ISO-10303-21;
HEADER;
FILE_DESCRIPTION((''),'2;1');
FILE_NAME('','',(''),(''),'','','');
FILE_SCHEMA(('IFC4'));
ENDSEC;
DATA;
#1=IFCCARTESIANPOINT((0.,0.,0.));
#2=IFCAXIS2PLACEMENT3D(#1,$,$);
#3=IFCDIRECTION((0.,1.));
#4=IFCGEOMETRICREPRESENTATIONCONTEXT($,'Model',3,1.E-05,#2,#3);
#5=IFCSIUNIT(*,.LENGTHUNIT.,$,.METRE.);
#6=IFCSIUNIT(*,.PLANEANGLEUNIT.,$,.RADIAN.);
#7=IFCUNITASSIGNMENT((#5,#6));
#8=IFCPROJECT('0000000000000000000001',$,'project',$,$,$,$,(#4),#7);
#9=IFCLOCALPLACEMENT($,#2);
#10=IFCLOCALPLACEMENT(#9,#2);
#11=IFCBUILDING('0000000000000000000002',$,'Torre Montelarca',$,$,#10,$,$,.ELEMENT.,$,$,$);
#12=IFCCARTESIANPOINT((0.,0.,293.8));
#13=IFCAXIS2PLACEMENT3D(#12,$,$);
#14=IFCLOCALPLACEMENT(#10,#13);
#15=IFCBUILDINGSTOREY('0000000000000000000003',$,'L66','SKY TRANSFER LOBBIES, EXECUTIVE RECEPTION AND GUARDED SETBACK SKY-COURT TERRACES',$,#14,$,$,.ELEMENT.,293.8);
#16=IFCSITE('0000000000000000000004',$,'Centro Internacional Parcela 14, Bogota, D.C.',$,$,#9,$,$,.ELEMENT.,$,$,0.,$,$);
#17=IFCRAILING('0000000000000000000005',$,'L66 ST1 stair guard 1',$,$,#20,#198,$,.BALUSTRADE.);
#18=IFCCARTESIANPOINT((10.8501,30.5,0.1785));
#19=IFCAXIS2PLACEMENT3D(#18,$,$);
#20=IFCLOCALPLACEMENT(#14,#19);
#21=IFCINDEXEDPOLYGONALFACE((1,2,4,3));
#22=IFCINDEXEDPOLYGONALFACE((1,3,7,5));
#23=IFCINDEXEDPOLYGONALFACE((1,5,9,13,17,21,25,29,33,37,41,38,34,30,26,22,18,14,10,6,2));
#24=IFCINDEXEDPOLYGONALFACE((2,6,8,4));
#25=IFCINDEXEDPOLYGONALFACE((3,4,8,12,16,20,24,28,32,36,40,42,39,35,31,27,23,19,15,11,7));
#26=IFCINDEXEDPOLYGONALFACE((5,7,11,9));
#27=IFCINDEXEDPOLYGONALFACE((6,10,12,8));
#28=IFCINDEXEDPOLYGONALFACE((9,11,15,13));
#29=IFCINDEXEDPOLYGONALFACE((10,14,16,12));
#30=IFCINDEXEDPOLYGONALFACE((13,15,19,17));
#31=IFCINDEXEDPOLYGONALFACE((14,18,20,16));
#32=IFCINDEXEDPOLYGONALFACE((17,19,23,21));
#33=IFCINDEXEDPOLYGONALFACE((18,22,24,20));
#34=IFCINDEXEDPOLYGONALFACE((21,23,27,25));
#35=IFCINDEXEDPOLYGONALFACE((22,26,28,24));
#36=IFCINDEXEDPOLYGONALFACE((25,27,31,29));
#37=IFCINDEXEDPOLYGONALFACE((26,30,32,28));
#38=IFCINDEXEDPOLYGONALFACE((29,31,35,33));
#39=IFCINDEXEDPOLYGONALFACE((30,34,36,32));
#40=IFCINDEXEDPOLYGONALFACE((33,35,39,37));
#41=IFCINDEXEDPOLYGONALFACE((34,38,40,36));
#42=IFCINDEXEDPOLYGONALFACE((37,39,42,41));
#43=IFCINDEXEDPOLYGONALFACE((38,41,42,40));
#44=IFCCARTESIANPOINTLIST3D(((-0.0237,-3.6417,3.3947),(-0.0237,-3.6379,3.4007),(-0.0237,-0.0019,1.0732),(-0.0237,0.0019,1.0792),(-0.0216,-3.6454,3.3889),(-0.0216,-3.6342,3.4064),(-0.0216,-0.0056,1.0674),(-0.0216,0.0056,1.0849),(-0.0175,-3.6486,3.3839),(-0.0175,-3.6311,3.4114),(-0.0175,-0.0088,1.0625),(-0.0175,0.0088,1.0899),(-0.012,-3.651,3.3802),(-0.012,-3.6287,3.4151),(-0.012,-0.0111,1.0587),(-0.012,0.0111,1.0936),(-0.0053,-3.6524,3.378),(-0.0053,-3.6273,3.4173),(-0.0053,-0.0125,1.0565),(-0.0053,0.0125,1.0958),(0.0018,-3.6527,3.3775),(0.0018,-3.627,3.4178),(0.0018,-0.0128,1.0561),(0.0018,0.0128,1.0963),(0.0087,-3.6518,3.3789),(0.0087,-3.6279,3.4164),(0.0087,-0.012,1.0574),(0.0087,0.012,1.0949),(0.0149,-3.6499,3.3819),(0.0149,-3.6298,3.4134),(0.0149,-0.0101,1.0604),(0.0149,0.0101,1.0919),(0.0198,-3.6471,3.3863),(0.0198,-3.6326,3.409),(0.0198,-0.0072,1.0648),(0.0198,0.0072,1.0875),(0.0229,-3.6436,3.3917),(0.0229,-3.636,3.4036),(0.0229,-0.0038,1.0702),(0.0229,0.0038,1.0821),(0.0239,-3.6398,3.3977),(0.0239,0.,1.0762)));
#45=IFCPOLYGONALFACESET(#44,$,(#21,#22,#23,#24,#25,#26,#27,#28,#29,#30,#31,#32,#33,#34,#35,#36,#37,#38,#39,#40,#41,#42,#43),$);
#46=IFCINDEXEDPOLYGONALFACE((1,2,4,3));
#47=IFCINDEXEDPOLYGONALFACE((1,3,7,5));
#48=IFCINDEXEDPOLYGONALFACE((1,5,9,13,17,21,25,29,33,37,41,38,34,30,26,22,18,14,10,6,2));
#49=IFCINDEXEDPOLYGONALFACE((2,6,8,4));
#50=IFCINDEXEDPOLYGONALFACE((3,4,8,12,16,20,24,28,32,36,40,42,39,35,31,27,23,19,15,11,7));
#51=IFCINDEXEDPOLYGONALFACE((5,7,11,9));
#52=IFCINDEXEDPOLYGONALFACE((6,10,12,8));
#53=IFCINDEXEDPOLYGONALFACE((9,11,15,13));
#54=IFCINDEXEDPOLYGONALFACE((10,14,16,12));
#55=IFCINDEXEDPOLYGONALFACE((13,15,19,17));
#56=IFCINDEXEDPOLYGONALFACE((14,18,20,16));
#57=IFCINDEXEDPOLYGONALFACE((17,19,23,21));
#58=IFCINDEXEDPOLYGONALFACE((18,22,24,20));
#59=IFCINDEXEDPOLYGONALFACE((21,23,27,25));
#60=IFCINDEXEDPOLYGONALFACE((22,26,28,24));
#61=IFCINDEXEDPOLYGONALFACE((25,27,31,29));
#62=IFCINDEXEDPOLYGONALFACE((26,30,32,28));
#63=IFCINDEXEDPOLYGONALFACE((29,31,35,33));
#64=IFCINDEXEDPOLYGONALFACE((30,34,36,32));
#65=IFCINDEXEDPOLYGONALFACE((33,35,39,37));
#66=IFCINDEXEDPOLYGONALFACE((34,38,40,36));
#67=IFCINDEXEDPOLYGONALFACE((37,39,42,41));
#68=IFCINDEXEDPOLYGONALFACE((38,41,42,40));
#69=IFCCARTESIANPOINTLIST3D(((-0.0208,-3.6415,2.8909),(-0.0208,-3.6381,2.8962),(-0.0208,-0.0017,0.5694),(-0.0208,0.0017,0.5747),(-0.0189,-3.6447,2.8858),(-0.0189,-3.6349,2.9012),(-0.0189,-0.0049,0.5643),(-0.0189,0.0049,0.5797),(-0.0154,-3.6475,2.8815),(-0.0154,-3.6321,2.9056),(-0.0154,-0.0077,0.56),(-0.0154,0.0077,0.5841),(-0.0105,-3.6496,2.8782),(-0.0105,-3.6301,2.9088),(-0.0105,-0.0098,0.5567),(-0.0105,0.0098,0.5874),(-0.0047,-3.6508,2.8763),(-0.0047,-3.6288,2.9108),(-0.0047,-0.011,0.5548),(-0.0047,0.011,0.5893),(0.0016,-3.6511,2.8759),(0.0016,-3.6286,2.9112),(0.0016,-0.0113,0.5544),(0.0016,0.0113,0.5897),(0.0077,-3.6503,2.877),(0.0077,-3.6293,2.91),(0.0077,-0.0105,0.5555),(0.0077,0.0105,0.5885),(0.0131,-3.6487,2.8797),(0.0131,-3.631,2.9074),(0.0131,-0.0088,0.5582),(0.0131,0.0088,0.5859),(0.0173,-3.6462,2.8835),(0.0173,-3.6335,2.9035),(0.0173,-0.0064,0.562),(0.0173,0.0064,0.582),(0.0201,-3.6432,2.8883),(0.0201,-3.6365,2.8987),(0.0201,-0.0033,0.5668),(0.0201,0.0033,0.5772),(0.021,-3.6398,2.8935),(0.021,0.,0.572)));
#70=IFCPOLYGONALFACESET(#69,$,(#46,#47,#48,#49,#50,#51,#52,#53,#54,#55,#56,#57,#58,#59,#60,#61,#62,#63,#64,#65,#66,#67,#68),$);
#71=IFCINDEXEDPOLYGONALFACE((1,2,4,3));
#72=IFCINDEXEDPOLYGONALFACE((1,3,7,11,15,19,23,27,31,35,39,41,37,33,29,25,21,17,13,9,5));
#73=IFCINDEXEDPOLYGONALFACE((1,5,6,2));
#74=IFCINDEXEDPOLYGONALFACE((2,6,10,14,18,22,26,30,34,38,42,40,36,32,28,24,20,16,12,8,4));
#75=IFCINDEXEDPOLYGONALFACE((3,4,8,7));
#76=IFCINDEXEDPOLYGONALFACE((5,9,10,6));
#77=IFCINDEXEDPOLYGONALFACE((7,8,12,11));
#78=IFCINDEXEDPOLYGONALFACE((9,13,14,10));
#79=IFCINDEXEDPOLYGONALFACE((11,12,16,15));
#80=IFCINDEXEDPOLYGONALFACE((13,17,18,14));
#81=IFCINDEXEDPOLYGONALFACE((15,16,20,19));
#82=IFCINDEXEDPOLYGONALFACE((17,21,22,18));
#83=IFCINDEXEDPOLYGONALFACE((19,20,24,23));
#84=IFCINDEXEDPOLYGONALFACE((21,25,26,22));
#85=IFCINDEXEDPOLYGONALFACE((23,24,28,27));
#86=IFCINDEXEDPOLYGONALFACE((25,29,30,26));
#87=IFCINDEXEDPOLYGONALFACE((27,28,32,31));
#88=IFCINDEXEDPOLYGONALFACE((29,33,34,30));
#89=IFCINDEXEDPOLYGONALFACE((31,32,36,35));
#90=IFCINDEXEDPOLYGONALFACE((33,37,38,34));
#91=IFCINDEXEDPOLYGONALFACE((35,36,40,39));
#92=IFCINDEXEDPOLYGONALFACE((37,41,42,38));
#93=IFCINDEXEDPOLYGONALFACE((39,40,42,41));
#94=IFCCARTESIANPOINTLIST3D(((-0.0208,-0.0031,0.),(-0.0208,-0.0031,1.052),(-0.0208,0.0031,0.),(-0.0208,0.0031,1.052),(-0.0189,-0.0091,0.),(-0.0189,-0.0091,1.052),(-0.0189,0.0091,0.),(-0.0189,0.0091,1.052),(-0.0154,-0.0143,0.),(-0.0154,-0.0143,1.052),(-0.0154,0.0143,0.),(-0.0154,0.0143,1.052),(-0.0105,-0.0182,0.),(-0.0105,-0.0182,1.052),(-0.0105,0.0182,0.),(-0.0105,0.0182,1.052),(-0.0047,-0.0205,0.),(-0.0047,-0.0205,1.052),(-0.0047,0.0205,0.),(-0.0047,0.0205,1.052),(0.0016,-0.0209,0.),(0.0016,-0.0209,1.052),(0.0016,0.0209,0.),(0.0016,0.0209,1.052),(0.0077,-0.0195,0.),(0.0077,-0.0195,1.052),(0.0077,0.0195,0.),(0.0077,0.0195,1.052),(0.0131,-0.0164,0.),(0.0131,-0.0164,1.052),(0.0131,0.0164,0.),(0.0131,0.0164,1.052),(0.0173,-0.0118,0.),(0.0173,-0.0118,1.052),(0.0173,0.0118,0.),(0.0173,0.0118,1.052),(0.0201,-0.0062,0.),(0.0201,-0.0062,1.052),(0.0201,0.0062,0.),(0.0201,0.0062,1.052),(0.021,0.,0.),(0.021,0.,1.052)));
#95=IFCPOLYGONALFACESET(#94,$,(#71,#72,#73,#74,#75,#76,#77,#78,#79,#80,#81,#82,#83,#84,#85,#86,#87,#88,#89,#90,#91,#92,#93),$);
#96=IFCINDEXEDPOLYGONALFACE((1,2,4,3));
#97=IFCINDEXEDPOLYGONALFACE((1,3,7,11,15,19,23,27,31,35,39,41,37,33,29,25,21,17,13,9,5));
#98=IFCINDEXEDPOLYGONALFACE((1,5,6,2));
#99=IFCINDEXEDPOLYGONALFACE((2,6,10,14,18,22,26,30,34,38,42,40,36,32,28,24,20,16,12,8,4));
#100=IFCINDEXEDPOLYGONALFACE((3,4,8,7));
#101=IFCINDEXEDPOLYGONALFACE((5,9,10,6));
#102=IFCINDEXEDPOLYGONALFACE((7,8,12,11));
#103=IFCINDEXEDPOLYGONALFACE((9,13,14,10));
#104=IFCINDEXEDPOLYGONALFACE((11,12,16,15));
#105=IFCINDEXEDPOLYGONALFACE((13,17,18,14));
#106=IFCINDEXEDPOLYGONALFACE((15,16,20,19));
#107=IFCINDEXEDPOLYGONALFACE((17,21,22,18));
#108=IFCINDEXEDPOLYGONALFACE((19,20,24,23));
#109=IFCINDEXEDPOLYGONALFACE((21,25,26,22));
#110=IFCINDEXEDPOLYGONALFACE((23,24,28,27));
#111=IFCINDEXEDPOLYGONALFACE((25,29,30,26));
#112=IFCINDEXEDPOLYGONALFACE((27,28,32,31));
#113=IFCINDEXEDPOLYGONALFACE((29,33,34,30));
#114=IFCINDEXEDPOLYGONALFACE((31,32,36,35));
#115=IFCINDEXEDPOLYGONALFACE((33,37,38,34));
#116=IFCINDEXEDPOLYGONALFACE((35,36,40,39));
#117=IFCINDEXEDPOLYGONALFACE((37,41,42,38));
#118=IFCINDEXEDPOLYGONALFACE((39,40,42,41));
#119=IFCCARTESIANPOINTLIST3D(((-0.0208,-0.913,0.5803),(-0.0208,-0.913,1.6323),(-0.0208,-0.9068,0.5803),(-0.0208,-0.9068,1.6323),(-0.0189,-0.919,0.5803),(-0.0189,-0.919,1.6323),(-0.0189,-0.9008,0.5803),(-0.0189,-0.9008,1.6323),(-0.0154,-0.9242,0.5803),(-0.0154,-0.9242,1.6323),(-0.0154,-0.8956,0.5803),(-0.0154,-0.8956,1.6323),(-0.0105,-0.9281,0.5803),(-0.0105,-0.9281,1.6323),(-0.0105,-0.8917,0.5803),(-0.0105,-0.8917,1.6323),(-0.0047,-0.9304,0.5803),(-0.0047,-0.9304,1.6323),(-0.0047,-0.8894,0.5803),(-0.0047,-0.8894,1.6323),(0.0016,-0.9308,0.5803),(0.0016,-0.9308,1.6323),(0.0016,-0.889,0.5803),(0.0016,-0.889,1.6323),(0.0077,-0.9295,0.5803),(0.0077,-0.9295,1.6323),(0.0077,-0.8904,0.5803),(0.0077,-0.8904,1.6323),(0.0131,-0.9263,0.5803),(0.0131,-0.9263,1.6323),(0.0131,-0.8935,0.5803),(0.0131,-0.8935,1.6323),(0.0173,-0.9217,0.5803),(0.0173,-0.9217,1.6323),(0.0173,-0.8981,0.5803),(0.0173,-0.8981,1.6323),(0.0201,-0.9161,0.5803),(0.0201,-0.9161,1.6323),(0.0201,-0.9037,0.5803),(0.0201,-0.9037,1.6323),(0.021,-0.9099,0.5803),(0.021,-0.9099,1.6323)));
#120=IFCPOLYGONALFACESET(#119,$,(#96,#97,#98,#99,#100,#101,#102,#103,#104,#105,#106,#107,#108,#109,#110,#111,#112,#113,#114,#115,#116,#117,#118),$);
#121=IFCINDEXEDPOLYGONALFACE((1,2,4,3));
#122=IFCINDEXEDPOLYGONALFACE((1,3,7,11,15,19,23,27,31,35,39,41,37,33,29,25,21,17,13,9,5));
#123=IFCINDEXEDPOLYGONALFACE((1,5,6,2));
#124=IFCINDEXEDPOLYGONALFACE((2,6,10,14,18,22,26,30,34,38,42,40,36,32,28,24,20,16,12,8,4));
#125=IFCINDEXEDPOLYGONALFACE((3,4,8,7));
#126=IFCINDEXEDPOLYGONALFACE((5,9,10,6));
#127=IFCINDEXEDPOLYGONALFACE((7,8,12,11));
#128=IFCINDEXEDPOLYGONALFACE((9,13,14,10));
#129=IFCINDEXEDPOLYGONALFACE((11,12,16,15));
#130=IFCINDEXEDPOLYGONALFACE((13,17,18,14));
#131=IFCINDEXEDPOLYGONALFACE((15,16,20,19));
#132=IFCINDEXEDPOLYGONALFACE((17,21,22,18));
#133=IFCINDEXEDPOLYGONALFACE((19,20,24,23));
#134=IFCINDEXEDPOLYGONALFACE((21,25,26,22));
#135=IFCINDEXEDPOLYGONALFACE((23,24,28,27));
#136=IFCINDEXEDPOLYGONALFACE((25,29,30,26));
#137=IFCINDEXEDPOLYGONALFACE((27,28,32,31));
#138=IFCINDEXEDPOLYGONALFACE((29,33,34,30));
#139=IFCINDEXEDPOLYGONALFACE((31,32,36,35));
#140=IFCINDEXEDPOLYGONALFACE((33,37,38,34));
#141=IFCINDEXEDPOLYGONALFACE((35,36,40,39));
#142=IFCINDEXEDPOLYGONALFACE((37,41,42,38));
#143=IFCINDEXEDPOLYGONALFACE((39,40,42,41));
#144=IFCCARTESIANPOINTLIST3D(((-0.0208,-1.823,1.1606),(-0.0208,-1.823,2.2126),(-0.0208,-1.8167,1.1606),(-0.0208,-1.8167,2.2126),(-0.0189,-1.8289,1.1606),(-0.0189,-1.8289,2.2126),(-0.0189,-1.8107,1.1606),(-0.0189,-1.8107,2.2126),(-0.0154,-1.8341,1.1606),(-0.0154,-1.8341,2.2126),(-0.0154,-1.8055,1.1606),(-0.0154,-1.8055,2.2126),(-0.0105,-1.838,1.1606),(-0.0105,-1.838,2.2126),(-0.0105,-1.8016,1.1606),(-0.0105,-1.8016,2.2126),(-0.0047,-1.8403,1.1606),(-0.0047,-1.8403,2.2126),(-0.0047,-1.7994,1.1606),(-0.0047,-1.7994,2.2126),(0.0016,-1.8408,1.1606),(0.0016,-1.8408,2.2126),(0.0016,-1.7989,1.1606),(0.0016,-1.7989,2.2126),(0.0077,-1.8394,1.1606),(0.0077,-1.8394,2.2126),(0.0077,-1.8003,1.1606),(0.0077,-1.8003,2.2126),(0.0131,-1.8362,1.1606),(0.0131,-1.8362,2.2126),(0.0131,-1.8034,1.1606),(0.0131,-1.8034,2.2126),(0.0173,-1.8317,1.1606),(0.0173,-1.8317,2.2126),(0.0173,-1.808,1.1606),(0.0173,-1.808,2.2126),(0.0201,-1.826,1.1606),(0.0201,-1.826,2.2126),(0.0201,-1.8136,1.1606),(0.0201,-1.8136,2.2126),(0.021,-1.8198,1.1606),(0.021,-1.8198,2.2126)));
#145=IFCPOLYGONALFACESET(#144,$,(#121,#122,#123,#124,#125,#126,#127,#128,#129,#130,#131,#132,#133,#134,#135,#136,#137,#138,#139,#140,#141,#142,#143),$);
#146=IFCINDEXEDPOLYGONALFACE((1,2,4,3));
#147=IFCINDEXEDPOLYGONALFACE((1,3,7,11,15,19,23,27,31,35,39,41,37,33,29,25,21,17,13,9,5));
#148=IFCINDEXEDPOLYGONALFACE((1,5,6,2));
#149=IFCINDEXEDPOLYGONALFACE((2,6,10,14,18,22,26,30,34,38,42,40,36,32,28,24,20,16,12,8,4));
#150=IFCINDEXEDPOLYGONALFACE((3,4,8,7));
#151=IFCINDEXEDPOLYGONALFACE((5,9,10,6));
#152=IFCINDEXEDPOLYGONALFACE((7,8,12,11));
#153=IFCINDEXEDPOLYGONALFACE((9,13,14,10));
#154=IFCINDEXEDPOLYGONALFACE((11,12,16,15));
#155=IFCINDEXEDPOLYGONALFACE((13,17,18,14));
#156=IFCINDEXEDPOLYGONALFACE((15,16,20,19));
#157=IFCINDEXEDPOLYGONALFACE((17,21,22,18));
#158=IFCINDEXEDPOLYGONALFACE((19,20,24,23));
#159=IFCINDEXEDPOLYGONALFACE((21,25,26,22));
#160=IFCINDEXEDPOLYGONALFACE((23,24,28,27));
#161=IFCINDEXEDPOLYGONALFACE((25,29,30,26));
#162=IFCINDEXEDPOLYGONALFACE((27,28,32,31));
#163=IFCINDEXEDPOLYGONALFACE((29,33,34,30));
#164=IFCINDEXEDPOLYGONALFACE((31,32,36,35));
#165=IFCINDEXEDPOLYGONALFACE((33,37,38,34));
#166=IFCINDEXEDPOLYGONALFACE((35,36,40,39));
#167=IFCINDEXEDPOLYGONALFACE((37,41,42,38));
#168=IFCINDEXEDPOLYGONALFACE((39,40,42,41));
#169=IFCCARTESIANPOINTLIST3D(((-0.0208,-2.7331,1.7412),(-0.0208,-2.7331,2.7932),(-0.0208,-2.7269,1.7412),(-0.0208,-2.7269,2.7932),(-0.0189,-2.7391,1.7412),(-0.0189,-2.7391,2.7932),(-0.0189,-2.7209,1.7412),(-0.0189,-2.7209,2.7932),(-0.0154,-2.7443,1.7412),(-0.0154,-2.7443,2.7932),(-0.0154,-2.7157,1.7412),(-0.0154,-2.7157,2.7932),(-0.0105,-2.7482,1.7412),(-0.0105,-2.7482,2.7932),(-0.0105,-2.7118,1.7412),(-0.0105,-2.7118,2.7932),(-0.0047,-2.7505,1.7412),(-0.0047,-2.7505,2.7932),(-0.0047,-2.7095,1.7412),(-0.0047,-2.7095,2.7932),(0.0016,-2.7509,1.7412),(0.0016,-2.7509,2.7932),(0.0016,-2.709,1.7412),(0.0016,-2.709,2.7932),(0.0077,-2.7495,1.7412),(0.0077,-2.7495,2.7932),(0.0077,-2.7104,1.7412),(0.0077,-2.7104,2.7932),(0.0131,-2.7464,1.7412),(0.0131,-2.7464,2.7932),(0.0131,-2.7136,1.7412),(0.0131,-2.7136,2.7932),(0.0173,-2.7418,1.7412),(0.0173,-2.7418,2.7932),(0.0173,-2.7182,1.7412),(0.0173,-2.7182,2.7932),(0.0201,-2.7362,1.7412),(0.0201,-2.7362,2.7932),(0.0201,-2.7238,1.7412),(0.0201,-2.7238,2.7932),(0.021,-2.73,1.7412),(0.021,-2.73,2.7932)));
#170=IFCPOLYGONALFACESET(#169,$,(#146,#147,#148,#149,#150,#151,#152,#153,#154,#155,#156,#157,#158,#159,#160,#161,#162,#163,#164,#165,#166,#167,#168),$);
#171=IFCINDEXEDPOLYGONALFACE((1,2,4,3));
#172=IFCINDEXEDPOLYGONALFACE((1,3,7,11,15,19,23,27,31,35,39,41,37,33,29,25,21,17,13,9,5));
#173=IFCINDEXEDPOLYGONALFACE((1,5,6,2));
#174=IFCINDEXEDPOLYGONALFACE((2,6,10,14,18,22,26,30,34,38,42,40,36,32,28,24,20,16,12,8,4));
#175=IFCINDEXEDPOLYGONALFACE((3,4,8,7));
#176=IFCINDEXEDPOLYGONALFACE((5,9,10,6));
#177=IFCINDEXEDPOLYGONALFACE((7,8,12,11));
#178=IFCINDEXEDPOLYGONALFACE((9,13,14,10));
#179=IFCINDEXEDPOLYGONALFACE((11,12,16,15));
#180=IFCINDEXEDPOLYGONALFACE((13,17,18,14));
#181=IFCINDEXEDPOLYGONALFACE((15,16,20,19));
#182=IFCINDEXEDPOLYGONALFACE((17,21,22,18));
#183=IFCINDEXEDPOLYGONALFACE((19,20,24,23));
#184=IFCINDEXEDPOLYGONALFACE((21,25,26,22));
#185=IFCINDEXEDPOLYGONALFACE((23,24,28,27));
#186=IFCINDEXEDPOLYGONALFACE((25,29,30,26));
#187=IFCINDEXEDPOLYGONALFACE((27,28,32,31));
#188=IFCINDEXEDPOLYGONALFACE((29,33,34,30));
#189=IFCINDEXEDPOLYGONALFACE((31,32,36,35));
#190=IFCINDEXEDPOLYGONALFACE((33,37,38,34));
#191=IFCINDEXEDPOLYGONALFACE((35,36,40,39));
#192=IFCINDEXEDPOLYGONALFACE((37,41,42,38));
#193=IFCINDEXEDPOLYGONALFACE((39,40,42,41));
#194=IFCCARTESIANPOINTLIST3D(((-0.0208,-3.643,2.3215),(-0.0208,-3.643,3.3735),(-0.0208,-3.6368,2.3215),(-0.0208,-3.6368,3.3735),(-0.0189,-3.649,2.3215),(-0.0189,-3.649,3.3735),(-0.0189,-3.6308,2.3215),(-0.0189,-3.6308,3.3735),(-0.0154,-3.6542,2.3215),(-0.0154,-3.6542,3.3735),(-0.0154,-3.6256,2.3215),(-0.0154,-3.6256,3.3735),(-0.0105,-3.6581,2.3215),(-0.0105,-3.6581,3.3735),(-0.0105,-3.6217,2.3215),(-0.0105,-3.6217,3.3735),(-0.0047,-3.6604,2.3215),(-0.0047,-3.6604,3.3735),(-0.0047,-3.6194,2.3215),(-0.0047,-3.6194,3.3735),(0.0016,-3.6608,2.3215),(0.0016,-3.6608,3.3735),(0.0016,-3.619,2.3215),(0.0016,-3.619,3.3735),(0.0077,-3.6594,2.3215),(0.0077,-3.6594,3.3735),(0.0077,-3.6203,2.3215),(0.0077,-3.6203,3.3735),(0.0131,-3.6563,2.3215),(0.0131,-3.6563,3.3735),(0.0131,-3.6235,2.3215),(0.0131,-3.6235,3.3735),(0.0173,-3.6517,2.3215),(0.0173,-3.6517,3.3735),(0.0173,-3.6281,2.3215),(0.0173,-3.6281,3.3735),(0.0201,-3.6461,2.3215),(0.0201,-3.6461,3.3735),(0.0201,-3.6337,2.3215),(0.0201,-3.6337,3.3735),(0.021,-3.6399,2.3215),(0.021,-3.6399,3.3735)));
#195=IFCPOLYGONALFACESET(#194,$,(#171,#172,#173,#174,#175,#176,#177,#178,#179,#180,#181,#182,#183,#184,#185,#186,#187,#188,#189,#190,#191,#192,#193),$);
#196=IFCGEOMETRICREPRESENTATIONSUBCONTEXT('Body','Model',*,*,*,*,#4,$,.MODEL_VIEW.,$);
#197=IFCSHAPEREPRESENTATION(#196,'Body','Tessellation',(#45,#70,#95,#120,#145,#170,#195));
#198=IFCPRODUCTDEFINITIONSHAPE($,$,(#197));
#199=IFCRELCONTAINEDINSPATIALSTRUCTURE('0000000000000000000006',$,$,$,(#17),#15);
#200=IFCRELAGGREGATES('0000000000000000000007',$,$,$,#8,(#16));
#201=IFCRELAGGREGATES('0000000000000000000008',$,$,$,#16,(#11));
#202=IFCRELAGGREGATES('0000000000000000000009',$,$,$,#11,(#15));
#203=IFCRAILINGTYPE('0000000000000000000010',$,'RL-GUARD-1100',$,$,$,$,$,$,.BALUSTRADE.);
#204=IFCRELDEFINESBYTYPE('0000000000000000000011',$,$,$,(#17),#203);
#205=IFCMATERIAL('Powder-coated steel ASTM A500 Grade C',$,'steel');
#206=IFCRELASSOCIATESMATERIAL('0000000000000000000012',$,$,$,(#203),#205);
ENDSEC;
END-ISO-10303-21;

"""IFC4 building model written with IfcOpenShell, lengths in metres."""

from ifc_helpers import new_model, si_unit, direction, frame, origin, origin_2d, place, context, subcontext, project, spatial, circle, extrude, material, type_object, element, save


model = new_model("IFC4")

# Units and contexts
model_context = context("Model", 3, precision=1e-05, world=origin(), true_north=direction((0.0, 1.0)))
body_context = subcontext(model_context, "Body", "Model", "MODEL_VIEW")
ifc_project = project(units=[si_unit("LENGTHUNIT", "METRE"), si_unit("PLANEANGLEUNIT", "RADIAN")], contexts=[model_context])

# Site, building, storey
site_placement = place(None, origin())
site = spatial("IfcSite", under=ifc_project, at=site_placement, Name="Centro Internacional Parcela 14, Bogota, D.C.", CompositionType="ELEMENT", RefElevation=0.0)
building_placement = place(site_placement, origin())
building = spatial("IfcBuilding", under=site, at=building_placement, Name="Torre Montelarca", CompositionType="ELEMENT")
storey_placement = place(building_placement, frame((0.0, 0.0, 293.8)))
storey = spatial("IfcBuildingStorey", under=building, at=storey_placement, Name="L66", Description="SKY TRANSFER LOBBIES, EXECUTIVE RECEPTION AND GUARDED SETBACK SKY-COURT TERRACES", CompositionType="ELEMENT", Elevation=293.8)

# Railing
ifc_material_1 = material(Name="Powder-coated steel ASTM A500 Grade C", Category="steel")
railing_type_1 = type_object("IfcRailingType", Name="RL-GUARD-1100", PredefinedType="BALUSTRADE", material=ifc_material_1)
railing_1_placement = place(storey_placement, frame((10.8501, 30.5, 0.1785)))
element("IfcRailing", 1, at=railing_1_placement, inside=storey, type_object=railing_type_1, Name="L66 ST1 stair guard 1", PredefinedType="BALUSTRADE", context=body_context, shape_type="SweptSolid", body=[
    extrude(circle(Radius=0.0239, at=origin_2d()), frame((0.0, 0.0, 1.0762), z_axis=(0.0, -0.843112, 0.537739), x_axis=(1.0, 0.0, 0.0)), (0.0, 0.0, 1.0), 4.3171),
    extrude(circle(Radius=0.021, at=origin_2d()), frame((0.0, 0.0, 0.572), z_axis=(0.0, -0.843112, 0.537739), x_axis=(1.0, 0.0, 0.0)), (0.0, 0.0, 1.0), 4.3171),
    extrude(circle(Radius=0.021, at=origin_2d()), origin(), (0.0, 0.0, 1.0), 1.052),
    extrude(circle(Radius=0.021, at=origin_2d()), frame((0.0, -0.9099, 0.5803)), (0.0, 0.0, 1.0), 1.052),
    extrude(circle(Radius=0.021, at=origin_2d()), frame((0.0, -1.8198, 1.1606)), (0.0, 0.0, 1.0), 1.052),
    extrude(circle(Radius=0.021, at=origin_2d()), frame((0.0, -2.73, 1.7412)), (0.0, 0.0, 1.0), 1.052),
    extrude(circle(Radius=0.021, at=origin_2d()), frame((0.0, -3.6399, 2.3215)), (0.0, 0.0, 1.0), 1.052),
])

save(model, "model.ifc")
